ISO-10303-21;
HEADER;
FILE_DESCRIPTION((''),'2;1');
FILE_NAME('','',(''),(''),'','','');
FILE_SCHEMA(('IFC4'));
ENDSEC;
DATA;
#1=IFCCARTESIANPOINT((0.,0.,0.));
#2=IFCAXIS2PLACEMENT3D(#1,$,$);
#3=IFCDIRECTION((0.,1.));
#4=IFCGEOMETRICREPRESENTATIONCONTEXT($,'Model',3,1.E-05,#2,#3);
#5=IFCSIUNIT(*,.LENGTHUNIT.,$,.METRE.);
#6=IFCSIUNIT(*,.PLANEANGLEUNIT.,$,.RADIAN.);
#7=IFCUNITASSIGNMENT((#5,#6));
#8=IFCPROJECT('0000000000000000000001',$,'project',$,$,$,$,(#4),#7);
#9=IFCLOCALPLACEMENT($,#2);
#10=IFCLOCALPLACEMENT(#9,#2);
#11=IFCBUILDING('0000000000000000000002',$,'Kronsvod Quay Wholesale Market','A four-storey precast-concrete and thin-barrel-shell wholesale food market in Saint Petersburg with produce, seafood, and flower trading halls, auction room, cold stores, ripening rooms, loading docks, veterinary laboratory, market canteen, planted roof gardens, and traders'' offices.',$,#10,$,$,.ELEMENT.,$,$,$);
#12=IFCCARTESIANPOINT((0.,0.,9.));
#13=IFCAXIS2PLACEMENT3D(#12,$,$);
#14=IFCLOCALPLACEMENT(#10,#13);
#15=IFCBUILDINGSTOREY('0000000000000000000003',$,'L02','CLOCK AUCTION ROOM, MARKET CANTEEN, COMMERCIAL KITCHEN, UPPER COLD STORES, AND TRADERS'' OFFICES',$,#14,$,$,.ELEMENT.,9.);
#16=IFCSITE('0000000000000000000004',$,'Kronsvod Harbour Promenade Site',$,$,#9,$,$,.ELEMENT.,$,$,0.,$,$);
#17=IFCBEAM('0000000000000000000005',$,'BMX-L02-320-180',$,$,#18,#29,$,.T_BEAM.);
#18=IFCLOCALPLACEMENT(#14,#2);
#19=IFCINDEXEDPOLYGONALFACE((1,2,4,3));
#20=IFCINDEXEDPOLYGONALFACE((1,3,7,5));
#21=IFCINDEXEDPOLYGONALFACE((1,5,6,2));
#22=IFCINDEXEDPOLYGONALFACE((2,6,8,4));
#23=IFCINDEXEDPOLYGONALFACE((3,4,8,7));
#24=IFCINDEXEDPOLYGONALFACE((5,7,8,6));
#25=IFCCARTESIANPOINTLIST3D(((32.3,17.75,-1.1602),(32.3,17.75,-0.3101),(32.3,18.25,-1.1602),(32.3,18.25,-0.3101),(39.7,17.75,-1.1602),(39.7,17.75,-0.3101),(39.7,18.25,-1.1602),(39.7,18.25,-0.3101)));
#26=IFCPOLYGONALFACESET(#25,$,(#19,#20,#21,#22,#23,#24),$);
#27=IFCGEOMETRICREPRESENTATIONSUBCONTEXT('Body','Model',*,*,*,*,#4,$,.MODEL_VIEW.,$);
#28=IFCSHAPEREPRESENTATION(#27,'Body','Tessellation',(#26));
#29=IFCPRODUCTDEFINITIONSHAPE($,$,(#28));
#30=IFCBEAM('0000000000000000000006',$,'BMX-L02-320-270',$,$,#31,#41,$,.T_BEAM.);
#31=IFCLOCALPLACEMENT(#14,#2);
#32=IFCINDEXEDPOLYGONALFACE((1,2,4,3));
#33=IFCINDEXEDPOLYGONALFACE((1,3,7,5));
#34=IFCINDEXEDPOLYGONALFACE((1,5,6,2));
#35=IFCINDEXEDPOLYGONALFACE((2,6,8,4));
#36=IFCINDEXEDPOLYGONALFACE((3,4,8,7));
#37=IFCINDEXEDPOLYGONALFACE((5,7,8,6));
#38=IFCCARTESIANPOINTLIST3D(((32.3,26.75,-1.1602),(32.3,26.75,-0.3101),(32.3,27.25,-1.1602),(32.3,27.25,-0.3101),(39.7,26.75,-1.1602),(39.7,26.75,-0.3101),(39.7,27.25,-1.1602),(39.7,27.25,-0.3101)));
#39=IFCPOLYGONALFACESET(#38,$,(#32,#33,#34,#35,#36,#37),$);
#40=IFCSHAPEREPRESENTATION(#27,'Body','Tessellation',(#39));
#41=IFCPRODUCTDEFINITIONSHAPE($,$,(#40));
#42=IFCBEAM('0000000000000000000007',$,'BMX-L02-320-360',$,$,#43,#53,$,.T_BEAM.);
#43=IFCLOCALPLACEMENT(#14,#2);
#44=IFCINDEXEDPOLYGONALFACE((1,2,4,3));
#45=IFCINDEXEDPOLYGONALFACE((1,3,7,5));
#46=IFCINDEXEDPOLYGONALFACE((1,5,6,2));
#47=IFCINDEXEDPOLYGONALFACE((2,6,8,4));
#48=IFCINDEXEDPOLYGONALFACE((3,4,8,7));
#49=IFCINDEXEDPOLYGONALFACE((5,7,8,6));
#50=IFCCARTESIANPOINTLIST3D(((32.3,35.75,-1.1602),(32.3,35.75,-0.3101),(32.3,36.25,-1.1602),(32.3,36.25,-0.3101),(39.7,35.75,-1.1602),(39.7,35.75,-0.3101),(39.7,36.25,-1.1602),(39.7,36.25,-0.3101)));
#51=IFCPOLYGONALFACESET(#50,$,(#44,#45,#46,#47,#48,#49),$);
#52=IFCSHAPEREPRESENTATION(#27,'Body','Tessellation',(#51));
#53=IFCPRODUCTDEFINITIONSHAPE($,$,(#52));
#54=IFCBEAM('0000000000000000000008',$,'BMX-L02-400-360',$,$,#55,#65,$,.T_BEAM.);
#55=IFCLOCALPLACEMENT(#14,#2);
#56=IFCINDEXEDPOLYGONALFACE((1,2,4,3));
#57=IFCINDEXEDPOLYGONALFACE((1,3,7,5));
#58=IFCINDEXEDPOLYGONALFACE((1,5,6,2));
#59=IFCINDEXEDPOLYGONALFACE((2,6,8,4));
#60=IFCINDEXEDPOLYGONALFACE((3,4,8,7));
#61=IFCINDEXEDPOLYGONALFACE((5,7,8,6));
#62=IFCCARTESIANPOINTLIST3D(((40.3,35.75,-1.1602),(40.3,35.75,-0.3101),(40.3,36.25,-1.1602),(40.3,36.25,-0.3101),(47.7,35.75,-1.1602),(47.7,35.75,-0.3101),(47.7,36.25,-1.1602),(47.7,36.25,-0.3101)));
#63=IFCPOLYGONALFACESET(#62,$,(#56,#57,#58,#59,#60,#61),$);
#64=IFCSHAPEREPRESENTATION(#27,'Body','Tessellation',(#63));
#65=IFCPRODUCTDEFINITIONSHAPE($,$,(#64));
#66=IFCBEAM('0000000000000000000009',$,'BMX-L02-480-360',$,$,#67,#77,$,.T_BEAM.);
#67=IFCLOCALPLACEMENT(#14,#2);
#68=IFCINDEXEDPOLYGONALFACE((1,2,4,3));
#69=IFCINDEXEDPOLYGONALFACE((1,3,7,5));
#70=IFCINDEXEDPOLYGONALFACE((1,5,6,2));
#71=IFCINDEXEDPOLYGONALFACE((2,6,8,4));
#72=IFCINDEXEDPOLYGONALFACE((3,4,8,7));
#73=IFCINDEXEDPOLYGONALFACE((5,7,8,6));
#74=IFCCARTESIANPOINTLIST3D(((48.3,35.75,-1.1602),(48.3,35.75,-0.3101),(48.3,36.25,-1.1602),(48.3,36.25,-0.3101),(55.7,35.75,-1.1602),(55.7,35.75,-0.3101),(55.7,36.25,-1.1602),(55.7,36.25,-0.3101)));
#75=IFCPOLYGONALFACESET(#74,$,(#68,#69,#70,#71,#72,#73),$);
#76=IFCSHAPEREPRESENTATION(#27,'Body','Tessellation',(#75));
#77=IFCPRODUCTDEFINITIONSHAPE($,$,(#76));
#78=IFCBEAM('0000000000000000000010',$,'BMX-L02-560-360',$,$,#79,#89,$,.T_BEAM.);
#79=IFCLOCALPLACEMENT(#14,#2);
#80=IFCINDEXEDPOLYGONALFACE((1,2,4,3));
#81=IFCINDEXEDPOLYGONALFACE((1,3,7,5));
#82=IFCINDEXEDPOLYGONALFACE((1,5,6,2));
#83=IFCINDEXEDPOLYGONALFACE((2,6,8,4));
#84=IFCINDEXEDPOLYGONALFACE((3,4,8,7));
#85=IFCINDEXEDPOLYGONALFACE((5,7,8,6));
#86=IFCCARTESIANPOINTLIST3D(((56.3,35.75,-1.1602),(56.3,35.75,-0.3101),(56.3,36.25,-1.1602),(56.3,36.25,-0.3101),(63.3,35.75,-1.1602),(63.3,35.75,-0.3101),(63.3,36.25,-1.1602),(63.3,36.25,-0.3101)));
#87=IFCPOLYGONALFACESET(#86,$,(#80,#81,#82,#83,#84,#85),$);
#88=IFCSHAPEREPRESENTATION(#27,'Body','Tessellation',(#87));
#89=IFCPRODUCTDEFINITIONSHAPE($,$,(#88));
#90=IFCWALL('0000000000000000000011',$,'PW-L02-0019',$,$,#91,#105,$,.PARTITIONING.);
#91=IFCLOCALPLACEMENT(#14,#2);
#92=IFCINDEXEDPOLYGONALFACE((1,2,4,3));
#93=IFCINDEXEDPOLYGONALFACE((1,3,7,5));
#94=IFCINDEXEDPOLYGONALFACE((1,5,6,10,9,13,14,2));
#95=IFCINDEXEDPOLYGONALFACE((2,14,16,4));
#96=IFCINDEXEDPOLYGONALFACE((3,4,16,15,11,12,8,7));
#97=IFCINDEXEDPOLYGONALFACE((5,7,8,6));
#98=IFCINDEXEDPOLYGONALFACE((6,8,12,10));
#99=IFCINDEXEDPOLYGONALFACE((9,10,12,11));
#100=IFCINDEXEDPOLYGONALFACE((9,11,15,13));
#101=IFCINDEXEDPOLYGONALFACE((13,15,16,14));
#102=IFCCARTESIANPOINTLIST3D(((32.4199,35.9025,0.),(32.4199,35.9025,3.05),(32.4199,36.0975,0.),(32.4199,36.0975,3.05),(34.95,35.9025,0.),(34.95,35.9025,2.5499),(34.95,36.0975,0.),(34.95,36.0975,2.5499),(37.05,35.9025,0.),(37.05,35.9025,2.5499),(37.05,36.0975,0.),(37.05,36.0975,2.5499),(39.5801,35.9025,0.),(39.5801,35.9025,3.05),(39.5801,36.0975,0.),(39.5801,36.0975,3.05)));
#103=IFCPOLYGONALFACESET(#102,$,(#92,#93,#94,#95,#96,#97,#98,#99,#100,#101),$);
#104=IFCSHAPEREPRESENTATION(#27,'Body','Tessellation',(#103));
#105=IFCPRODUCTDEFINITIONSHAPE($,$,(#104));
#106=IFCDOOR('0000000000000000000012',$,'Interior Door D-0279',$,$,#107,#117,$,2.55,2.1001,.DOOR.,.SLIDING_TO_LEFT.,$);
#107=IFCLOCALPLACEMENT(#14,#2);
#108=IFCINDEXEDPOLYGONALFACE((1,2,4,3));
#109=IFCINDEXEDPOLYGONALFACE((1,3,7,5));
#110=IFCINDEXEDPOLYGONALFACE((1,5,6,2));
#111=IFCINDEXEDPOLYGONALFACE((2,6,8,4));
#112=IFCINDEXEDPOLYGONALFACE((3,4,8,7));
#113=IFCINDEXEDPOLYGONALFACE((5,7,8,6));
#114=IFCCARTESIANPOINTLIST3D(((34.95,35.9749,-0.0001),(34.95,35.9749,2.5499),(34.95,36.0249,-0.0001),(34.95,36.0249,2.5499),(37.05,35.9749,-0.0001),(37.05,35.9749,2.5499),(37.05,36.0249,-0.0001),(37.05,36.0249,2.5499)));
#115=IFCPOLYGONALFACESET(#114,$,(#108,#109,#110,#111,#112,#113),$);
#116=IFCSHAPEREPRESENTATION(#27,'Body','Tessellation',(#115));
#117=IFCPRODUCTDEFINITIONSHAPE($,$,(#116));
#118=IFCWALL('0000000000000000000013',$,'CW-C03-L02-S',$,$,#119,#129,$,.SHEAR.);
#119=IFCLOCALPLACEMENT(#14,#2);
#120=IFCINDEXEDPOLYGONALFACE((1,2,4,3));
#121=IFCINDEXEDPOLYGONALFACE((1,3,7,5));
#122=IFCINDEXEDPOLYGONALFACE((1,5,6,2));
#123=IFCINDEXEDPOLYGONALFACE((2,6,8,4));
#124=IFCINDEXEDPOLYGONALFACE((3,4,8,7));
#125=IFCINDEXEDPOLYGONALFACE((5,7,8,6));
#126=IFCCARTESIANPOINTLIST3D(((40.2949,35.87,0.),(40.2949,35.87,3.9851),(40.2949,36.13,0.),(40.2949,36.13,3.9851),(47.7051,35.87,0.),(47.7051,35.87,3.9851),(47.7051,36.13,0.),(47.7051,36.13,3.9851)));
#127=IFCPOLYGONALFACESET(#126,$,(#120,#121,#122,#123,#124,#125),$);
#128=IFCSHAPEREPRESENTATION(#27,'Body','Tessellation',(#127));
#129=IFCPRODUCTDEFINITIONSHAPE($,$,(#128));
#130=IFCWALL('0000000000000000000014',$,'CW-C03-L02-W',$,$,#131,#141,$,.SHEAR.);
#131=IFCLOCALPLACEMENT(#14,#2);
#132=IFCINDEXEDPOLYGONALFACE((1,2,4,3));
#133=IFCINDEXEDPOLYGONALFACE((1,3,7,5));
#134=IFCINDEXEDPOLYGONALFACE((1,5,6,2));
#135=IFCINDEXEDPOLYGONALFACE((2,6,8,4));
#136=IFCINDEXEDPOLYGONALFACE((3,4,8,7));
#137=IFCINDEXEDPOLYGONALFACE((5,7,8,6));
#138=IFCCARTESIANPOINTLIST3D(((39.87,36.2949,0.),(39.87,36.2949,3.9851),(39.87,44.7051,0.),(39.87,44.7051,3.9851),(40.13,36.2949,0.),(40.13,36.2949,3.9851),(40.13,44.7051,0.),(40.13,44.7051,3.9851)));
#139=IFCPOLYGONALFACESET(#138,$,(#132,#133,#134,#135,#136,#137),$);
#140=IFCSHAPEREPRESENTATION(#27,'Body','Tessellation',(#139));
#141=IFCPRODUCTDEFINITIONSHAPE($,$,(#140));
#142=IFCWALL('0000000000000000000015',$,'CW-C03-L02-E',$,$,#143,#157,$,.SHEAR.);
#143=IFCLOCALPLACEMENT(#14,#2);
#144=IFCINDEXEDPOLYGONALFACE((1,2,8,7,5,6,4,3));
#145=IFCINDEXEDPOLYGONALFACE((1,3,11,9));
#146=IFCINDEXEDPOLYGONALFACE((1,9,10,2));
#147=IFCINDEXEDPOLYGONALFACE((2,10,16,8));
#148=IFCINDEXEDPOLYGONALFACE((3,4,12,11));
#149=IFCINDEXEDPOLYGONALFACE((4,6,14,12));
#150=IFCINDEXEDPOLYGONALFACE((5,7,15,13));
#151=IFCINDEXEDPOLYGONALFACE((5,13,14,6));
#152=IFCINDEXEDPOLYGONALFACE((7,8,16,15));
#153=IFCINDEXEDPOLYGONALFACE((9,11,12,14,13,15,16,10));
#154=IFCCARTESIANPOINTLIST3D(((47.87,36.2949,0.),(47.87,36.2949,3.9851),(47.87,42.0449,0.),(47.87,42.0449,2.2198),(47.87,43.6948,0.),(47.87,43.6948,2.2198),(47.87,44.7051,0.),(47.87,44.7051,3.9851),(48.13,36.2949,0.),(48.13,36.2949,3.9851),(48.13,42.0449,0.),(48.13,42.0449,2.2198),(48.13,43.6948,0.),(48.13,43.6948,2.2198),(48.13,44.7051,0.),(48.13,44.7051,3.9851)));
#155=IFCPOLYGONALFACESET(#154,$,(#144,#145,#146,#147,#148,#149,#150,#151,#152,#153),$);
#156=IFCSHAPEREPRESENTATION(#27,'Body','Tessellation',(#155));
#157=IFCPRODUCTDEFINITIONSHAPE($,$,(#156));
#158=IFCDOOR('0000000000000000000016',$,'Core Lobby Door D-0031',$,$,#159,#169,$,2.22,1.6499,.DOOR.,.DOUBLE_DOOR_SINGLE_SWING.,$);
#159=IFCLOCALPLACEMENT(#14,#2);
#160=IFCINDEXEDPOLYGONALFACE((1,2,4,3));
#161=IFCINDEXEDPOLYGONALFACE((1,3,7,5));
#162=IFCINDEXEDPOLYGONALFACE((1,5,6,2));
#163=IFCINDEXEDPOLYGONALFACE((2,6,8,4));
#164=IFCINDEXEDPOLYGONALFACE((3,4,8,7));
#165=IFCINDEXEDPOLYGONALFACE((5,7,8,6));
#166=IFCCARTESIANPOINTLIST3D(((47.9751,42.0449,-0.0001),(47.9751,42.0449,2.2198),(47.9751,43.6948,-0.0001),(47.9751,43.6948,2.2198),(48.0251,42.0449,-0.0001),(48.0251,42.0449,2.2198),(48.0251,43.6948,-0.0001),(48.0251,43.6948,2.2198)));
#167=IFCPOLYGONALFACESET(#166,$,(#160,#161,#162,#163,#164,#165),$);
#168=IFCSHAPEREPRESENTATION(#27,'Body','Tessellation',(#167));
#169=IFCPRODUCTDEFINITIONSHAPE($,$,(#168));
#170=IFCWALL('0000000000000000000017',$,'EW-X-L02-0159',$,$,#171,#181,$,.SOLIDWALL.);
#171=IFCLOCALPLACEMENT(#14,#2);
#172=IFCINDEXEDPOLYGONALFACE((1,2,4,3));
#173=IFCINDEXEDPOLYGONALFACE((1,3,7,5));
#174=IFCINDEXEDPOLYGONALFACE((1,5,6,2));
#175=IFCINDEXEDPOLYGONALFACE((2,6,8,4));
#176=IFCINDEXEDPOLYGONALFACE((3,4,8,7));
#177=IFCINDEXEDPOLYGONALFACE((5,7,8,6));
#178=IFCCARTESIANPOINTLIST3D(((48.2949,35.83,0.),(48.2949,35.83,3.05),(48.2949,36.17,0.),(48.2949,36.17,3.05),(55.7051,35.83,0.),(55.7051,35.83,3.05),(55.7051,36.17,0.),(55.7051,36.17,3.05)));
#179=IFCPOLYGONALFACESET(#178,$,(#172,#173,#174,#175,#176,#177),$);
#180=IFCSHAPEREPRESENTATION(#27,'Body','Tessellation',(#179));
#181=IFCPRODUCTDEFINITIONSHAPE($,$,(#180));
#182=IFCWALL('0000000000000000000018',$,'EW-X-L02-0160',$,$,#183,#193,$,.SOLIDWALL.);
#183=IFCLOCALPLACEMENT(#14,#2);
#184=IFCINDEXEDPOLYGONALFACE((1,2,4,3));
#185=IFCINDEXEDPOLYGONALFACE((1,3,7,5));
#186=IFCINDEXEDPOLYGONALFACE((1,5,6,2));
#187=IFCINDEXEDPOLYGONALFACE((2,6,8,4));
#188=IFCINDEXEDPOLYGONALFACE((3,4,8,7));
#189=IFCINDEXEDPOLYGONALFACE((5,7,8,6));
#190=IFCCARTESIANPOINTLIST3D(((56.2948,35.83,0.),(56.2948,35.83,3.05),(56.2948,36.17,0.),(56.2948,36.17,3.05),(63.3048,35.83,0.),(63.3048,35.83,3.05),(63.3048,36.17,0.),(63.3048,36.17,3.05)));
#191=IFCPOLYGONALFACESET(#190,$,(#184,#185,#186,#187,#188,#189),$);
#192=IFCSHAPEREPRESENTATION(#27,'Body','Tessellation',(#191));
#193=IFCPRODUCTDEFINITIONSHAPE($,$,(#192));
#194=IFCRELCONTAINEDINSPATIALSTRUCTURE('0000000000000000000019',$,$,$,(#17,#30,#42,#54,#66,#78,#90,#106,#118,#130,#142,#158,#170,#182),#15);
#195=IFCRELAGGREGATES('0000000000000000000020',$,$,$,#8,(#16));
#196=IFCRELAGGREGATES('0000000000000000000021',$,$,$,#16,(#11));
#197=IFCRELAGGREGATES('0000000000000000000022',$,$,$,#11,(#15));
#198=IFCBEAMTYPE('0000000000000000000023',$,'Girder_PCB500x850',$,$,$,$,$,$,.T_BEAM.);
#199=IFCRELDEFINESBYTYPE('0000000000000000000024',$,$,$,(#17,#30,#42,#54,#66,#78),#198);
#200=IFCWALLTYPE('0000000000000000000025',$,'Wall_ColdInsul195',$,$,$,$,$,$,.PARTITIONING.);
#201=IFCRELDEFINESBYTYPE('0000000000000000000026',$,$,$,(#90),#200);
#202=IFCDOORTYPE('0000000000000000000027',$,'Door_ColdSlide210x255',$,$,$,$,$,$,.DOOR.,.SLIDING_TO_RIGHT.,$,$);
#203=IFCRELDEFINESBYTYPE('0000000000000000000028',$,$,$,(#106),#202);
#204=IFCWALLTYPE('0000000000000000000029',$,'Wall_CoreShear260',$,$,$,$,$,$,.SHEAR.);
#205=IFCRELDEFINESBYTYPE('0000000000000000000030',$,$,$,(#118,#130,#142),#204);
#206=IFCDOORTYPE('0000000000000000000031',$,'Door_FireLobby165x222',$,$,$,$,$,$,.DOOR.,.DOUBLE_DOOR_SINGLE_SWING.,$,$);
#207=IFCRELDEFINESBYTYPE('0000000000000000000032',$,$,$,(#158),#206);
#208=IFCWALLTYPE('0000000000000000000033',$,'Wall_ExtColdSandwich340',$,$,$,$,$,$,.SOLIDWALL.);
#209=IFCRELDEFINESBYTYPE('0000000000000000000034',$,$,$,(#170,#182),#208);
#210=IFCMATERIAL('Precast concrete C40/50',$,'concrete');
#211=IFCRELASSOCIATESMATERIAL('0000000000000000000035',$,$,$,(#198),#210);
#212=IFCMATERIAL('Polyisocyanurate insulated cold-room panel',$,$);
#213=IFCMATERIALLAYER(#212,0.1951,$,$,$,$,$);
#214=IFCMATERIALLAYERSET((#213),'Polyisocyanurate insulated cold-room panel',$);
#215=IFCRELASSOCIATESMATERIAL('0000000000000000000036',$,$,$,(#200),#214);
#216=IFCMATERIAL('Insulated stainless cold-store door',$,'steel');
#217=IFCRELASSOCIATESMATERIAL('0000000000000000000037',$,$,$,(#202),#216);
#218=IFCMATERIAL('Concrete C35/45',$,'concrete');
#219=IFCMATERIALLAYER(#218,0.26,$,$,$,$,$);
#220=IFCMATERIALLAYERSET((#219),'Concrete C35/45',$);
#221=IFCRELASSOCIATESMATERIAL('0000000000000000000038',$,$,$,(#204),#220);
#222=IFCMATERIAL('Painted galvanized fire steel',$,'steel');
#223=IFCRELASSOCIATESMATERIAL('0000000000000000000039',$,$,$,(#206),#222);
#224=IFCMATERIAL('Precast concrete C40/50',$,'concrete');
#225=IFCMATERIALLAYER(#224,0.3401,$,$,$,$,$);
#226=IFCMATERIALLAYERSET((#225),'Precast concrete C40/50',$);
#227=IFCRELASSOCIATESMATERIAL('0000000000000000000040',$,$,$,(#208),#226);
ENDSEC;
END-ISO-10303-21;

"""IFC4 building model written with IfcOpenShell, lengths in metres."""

from ifc_helpers import new_model, si_unit, direction, frame, frame_2d, origin, origin_2d, place, context, subcontext, project, spatial, rectangle, extrude, material, layer, layer_set, material_profile, profile_set, type_object, element, fill, save


model = new_model("IFC4")

# Units and contexts
model_context = context("Model", 3, precision=1e-05, world=origin(), true_north=direction((0.0, 1.0)))
body_context = subcontext(model_context, "Body", "Model", "MODEL_VIEW")
ifc_project = project(units=[si_unit("LENGTHUNIT", "METRE"), si_unit("PLANEANGLEUNIT", "RADIAN")], contexts=[model_context])

# Site, building, storey
site_placement = place(None, origin())
site = spatial("IfcSite", under=ifc_project, at=site_placement, Name="Kronsvod Harbour Promenade Site", CompositionType="ELEMENT", RefElevation=0.0)
building_placement = place(site_placement, origin())
building = spatial("IfcBuilding", under=site, at=building_placement, Name="Kronsvod Quay Wholesale Market", Description="A four-storey precast-concrete and thin-barrel-shell wholesale food market in Saint Petersburg with produce, seafood, and flower trading halls, auction room, cold stores, ripening rooms, loading docks, veterinary laboratory, market canteen, planted roof gardens, and traders' offices.", CompositionType="ELEMENT")
storey_placement = place(building_placement, frame((0.0, 0.0, 9.0)))
storey = spatial("IfcBuildingStorey", under=building, at=storey_placement, Name="L02", Description="CLOCK AUCTION ROOM, MARKET CANTEEN, COMMERCIAL KITCHEN, UPPER COLD STORES, AND TRADERS' OFFICES", CompositionType="ELEMENT", Elevation=9.0)

# Beams
ifc_material_1 = material(Name="Precast concrete C40/50", Category="concrete")
ifc_material_profile_1 = material_profile(ifc_material_1, rectangle(XDim=0.5, YDim=0.8501, at=origin_2d()), Name="PCB500x850")
ifc_profile_set_1 = profile_set([ifc_material_profile_1], Name="Precast concrete C40/50")
beam_type_1 = type_object("IfcBeamType", Name="Girder_PCB500x850", PredefinedType="T_BEAM", material=ifc_profile_set_1)
for number, where, z_axis, x_axis, name in (
    (1, (32.3, 18.0, -0.7351), (1.0, 0.0, 0.0), (0.0, 1.0, 0.0), "BMX-L02-320-180"),
    (2, (32.3, 27.0, -0.7351), (1.0, 0.0, 0.0), (0.0, 1.0, 0.0), "BMX-L02-320-270"),
    (3, (32.3, 36.0, -0.7351), (1.0, 0.0, 0.0), (0.0, 1.0, 0.0), "BMX-L02-320-360"),
    (4, (40.3, 36.0, -0.7351), (1.0, 0.0, 0.0), (0.0, 1.0, 0.0), "BMX-L02-400-360"),
    (5, (48.3, 36.0, -0.7351), (1.0, 0.0, 0.0), (0.0, 1.0, 0.0), "BMX-L02-480-360"),
):
    element("IfcBeam", number, at=place(storey_placement, frame(where, z_axis=z_axis, x_axis=x_axis)), inside=storey, type_object=beam_type_1, Name=name, PredefinedType="T_BEAM", context=body_context, shape_type="SweptSolid", body=[
        extrude(rectangle(XDim=0.5, YDim=0.8501, at=origin_2d()), origin(), (0.0, 0.0, 1.0), 7.3999),
    ])
beam_placement = place(storey_placement, frame((56.3, 36.0, -0.7351), z_axis=(1.0, 0.0, 0.0), x_axis=(0.0, 1.0, 0.0)))
element("IfcBeam", 6, at=beam_placement, inside=storey, type_object=beam_type_1, Name="BMX-L02-560-360", PredefinedType="T_BEAM", context=body_context, shape_type="SweptSolid", body=[
    extrude(rectangle(XDim=0.5, YDim=0.8501, at=origin_2d()), origin(), (0.0, 0.0, 1.0), 7.0),
])

# Wall, opening, door
ifc_material_2 = material(Name="Polyisocyanurate insulated cold-room panel")
ifc_layer_1 = layer(ifc_material_2, 0.1951)
ifc_layer_set_1 = layer_set([ifc_layer_1], Name="Polyisocyanurate insulated cold-room panel")
wall_type_1 = type_object("IfcWallType", Name="Wall_ColdInsul195", PredefinedType="PARTITIONING", material=ifc_layer_set_1)
wall_1_placement = place(storey_placement, frame((32.4199, 36.0, 0.0), z_axis=(0.0, 0.0, 1.0), x_axis=(1.0, 0.0, 0.0)))
wall_1 = element("IfcWall", 7, at=wall_1_placement, inside=storey, type_object=wall_type_1, Name="PW-L02-0019", PredefinedType="PARTITIONING", context=body_context, shape_type="SweptSolid", body=[
    extrude(rectangle(XDim=7.1602, YDim=0.1951, at=frame_2d((3.5801, 0.0))), origin(), (0.0, 0.0, 1.0), 3.05),
])
opening_1_placement = place(wall_1_placement, frame((2.53, 0.0, 0.0)))
opening_1 = element("IfcOpeningElement", 8, at=opening_1_placement, cuts=wall_1, PredefinedType="OPENING", context=body_context, shape_type="SweptSolid", body=[
    extrude(rectangle(XDim=2.1001, YDim=2.55, at=frame_2d((1.05, 1.2749))), frame((0.0, 0.1074, 0.0), z_axis=(0.0, -1.0, 0.0), x_axis=(1.0, 0.0, 0.0)), (0.0, 0.0, 1.0), 0.2151),
])
ifc_material_3 = material(Name="Insulated stainless cold-store door", Category="steel")
door_type_1 = type_object("IfcDoorType", Name="Door_ColdSlide210x255", OperationType="SLIDING_TO_RIGHT", PredefinedType="DOOR", material=ifc_material_3)
door_1_placement = place(opening_1_placement, origin())
door_1 = element("IfcDoor", 9, at=door_1_placement, inside=storey, type_object=door_type_1, Name="Interior Door D-0279", OperationType="SLIDING_TO_LEFT", OverallHeight=2.55, OverallWidth=2.1001, PredefinedType="DOOR", context=body_context, shape_type="SweptSolid", body=[
    extrude(rectangle(XDim=2.1001, YDim=2.55, at=frame_2d((1.05, 1.2749))), frame((0.0, 0.0249, 0.0), z_axis=(0.0, -1.0, 0.0), x_axis=(1.0, 0.0, 0.0)), (0.0, 0.0, 1.0), 0.05),
])
fill(opening_1, door_1)

# Walls
ifc_material_4 = material(Name="Concrete C35/45", Category="concrete")
ifc_layer_2 = layer(ifc_material_4, 0.26)
ifc_layer_set_2 = layer_set([ifc_layer_2], Name="Concrete C35/45")
wall_type_2 = type_object("IfcWallType", Name="Wall_CoreShear260", PredefinedType="SHEAR", material=ifc_layer_set_2)
wall_2_placement = place(storey_placement, frame((40.2949, 36.0, 0.0), z_axis=(0.0, 0.0, 1.0), x_axis=(1.0, 0.0, 0.0)))
element("IfcWall", 10, at=wall_2_placement, inside=storey, type_object=wall_type_2, Name="CW-C03-L02-S", PredefinedType="SHEAR", context=body_context, shape_type="SweptSolid", body=[
    extrude(rectangle(XDim=7.4102, YDim=0.26, at=frame_2d((3.7051, 0.0))), origin(), (0.0, 0.0, 1.0), 3.9851),
])
wall_3_placement = place(storey_placement, frame((40.0, 36.2949, 0.0), z_axis=(0.0, 0.0, 1.0), x_axis=(0.0, 1.0, 0.0)))
element("IfcWall", 11, at=wall_3_placement, inside=storey, type_object=wall_type_2, Name="CW-C03-L02-W", PredefinedType="SHEAR", context=body_context, shape_type="SweptSolid", body=[
    extrude(rectangle(XDim=8.4102, YDim=0.26, at=frame_2d((4.2051, 0.0))), origin(), (0.0, 0.0, 1.0), 3.9851),
])

# Wall, opening, door
wall_4_placement = place(storey_placement, frame((48.0, 36.2949, 0.0), z_axis=(0.0, 0.0, 1.0), x_axis=(0.0, 1.0, 0.0)))
wall_4 = element("IfcWall", 12, at=wall_4_placement, inside=storey, type_object=wall_type_2, Name="CW-C03-L02-E", PredefinedType="SHEAR", context=body_context, shape_type="SweptSolid", body=[
    extrude(rectangle(XDim=8.4102, YDim=0.26, at=frame_2d((4.2051, 0.0))), origin(), (0.0, 0.0, 1.0), 3.9851),
])
opening_2_placement = place(wall_4_placement, frame((5.75, 0.0, 0.0)))
opening_2 = element("IfcOpeningElement", 13, at=opening_2_placement, cuts=wall_4, PredefinedType="OPENING", context=body_context, shape_type="SweptSolid", body=[
    extrude(rectangle(XDim=1.6499, YDim=2.22, at=frame_2d((0.825, 1.1099))), frame((0.0, 0.1401, 0.0), z_axis=(0.0, -1.0, 0.0), x_axis=(1.0, 0.0, 0.0)), (0.0, 0.0, 1.0), 0.28),
])
ifc_material_5 = material(Name="Painted galvanized fire steel", Category="steel")
door_type_2 = type_object("IfcDoorType", Name="Door_FireLobby165x222", OperationType="DOUBLE_DOOR_SINGLE_SWING", PredefinedType="DOOR", material=ifc_material_5)
door_2_placement = place(opening_2_placement, origin())
door_2 = element("IfcDoor", 14, at=door_2_placement, inside=storey, type_object=door_type_2, Name="Core Lobby Door D-0031", OperationType="DOUBLE_DOOR_SINGLE_SWING", OverallHeight=2.22, OverallWidth=1.6499, PredefinedType="DOOR", context=body_context, shape_type="SweptSolid", body=[
    extrude(rectangle(XDim=1.6499, YDim=2.22, at=frame_2d((0.825, 1.1099))), frame((0.0, 0.0249, 0.0), z_axis=(0.0, -1.0, 0.0), x_axis=(1.0, 0.0, 0.0)), (0.0, 0.0, 1.0), 0.05),
])
fill(opening_2, door_2)

# Walls
ifc_material_6 = material(Name="Precast concrete C40/50", Category="concrete")
ifc_layer_3 = layer(ifc_material_6, 0.3401)
ifc_layer_set_3 = layer_set([ifc_layer_3], Name="Precast concrete C40/50")
wall_type_3 = type_object("IfcWallType", Name="Wall_ExtColdSandwich340", PredefinedType="SOLIDWALL", material=ifc_layer_set_3)
wall_5_placement = place(storey_placement, frame((48.2949, 36.0, 0.0), z_axis=(0.0, 0.0, 1.0), x_axis=(1.0, 0.0, 0.0)))
element("IfcWall", 15, at=wall_5_placement, inside=storey, type_object=wall_type_3, Name="EW-X-L02-0159", PredefinedType="SOLIDWALL", context=body_context, shape_type="SweptSolid", body=[
    extrude(rectangle(XDim=7.4102, YDim=0.3401, at=frame_2d((3.7051, 0.0))), origin(), (0.0, 0.0, 1.0), 3.05),
])
wall_6_placement = place(storey_placement, frame((56.2949, 36.0, 0.0), z_axis=(0.0, 0.0, 1.0), x_axis=(1.0, 0.0, 0.0)))
element("IfcWall", 16, at=wall_6_placement, inside=storey, type_object=wall_type_3, Name="EW-X-L02-0160", PredefinedType="SOLIDWALL", context=body_context, shape_type="SweptSolid", body=[
    extrude(rectangle(XDim=7.01, YDim=0.3401, at=frame_2d((3.5049, 0.0))), origin(), (0.0, 0.0, 1.0), 3.05),
])

save(model, "model.ifc")
